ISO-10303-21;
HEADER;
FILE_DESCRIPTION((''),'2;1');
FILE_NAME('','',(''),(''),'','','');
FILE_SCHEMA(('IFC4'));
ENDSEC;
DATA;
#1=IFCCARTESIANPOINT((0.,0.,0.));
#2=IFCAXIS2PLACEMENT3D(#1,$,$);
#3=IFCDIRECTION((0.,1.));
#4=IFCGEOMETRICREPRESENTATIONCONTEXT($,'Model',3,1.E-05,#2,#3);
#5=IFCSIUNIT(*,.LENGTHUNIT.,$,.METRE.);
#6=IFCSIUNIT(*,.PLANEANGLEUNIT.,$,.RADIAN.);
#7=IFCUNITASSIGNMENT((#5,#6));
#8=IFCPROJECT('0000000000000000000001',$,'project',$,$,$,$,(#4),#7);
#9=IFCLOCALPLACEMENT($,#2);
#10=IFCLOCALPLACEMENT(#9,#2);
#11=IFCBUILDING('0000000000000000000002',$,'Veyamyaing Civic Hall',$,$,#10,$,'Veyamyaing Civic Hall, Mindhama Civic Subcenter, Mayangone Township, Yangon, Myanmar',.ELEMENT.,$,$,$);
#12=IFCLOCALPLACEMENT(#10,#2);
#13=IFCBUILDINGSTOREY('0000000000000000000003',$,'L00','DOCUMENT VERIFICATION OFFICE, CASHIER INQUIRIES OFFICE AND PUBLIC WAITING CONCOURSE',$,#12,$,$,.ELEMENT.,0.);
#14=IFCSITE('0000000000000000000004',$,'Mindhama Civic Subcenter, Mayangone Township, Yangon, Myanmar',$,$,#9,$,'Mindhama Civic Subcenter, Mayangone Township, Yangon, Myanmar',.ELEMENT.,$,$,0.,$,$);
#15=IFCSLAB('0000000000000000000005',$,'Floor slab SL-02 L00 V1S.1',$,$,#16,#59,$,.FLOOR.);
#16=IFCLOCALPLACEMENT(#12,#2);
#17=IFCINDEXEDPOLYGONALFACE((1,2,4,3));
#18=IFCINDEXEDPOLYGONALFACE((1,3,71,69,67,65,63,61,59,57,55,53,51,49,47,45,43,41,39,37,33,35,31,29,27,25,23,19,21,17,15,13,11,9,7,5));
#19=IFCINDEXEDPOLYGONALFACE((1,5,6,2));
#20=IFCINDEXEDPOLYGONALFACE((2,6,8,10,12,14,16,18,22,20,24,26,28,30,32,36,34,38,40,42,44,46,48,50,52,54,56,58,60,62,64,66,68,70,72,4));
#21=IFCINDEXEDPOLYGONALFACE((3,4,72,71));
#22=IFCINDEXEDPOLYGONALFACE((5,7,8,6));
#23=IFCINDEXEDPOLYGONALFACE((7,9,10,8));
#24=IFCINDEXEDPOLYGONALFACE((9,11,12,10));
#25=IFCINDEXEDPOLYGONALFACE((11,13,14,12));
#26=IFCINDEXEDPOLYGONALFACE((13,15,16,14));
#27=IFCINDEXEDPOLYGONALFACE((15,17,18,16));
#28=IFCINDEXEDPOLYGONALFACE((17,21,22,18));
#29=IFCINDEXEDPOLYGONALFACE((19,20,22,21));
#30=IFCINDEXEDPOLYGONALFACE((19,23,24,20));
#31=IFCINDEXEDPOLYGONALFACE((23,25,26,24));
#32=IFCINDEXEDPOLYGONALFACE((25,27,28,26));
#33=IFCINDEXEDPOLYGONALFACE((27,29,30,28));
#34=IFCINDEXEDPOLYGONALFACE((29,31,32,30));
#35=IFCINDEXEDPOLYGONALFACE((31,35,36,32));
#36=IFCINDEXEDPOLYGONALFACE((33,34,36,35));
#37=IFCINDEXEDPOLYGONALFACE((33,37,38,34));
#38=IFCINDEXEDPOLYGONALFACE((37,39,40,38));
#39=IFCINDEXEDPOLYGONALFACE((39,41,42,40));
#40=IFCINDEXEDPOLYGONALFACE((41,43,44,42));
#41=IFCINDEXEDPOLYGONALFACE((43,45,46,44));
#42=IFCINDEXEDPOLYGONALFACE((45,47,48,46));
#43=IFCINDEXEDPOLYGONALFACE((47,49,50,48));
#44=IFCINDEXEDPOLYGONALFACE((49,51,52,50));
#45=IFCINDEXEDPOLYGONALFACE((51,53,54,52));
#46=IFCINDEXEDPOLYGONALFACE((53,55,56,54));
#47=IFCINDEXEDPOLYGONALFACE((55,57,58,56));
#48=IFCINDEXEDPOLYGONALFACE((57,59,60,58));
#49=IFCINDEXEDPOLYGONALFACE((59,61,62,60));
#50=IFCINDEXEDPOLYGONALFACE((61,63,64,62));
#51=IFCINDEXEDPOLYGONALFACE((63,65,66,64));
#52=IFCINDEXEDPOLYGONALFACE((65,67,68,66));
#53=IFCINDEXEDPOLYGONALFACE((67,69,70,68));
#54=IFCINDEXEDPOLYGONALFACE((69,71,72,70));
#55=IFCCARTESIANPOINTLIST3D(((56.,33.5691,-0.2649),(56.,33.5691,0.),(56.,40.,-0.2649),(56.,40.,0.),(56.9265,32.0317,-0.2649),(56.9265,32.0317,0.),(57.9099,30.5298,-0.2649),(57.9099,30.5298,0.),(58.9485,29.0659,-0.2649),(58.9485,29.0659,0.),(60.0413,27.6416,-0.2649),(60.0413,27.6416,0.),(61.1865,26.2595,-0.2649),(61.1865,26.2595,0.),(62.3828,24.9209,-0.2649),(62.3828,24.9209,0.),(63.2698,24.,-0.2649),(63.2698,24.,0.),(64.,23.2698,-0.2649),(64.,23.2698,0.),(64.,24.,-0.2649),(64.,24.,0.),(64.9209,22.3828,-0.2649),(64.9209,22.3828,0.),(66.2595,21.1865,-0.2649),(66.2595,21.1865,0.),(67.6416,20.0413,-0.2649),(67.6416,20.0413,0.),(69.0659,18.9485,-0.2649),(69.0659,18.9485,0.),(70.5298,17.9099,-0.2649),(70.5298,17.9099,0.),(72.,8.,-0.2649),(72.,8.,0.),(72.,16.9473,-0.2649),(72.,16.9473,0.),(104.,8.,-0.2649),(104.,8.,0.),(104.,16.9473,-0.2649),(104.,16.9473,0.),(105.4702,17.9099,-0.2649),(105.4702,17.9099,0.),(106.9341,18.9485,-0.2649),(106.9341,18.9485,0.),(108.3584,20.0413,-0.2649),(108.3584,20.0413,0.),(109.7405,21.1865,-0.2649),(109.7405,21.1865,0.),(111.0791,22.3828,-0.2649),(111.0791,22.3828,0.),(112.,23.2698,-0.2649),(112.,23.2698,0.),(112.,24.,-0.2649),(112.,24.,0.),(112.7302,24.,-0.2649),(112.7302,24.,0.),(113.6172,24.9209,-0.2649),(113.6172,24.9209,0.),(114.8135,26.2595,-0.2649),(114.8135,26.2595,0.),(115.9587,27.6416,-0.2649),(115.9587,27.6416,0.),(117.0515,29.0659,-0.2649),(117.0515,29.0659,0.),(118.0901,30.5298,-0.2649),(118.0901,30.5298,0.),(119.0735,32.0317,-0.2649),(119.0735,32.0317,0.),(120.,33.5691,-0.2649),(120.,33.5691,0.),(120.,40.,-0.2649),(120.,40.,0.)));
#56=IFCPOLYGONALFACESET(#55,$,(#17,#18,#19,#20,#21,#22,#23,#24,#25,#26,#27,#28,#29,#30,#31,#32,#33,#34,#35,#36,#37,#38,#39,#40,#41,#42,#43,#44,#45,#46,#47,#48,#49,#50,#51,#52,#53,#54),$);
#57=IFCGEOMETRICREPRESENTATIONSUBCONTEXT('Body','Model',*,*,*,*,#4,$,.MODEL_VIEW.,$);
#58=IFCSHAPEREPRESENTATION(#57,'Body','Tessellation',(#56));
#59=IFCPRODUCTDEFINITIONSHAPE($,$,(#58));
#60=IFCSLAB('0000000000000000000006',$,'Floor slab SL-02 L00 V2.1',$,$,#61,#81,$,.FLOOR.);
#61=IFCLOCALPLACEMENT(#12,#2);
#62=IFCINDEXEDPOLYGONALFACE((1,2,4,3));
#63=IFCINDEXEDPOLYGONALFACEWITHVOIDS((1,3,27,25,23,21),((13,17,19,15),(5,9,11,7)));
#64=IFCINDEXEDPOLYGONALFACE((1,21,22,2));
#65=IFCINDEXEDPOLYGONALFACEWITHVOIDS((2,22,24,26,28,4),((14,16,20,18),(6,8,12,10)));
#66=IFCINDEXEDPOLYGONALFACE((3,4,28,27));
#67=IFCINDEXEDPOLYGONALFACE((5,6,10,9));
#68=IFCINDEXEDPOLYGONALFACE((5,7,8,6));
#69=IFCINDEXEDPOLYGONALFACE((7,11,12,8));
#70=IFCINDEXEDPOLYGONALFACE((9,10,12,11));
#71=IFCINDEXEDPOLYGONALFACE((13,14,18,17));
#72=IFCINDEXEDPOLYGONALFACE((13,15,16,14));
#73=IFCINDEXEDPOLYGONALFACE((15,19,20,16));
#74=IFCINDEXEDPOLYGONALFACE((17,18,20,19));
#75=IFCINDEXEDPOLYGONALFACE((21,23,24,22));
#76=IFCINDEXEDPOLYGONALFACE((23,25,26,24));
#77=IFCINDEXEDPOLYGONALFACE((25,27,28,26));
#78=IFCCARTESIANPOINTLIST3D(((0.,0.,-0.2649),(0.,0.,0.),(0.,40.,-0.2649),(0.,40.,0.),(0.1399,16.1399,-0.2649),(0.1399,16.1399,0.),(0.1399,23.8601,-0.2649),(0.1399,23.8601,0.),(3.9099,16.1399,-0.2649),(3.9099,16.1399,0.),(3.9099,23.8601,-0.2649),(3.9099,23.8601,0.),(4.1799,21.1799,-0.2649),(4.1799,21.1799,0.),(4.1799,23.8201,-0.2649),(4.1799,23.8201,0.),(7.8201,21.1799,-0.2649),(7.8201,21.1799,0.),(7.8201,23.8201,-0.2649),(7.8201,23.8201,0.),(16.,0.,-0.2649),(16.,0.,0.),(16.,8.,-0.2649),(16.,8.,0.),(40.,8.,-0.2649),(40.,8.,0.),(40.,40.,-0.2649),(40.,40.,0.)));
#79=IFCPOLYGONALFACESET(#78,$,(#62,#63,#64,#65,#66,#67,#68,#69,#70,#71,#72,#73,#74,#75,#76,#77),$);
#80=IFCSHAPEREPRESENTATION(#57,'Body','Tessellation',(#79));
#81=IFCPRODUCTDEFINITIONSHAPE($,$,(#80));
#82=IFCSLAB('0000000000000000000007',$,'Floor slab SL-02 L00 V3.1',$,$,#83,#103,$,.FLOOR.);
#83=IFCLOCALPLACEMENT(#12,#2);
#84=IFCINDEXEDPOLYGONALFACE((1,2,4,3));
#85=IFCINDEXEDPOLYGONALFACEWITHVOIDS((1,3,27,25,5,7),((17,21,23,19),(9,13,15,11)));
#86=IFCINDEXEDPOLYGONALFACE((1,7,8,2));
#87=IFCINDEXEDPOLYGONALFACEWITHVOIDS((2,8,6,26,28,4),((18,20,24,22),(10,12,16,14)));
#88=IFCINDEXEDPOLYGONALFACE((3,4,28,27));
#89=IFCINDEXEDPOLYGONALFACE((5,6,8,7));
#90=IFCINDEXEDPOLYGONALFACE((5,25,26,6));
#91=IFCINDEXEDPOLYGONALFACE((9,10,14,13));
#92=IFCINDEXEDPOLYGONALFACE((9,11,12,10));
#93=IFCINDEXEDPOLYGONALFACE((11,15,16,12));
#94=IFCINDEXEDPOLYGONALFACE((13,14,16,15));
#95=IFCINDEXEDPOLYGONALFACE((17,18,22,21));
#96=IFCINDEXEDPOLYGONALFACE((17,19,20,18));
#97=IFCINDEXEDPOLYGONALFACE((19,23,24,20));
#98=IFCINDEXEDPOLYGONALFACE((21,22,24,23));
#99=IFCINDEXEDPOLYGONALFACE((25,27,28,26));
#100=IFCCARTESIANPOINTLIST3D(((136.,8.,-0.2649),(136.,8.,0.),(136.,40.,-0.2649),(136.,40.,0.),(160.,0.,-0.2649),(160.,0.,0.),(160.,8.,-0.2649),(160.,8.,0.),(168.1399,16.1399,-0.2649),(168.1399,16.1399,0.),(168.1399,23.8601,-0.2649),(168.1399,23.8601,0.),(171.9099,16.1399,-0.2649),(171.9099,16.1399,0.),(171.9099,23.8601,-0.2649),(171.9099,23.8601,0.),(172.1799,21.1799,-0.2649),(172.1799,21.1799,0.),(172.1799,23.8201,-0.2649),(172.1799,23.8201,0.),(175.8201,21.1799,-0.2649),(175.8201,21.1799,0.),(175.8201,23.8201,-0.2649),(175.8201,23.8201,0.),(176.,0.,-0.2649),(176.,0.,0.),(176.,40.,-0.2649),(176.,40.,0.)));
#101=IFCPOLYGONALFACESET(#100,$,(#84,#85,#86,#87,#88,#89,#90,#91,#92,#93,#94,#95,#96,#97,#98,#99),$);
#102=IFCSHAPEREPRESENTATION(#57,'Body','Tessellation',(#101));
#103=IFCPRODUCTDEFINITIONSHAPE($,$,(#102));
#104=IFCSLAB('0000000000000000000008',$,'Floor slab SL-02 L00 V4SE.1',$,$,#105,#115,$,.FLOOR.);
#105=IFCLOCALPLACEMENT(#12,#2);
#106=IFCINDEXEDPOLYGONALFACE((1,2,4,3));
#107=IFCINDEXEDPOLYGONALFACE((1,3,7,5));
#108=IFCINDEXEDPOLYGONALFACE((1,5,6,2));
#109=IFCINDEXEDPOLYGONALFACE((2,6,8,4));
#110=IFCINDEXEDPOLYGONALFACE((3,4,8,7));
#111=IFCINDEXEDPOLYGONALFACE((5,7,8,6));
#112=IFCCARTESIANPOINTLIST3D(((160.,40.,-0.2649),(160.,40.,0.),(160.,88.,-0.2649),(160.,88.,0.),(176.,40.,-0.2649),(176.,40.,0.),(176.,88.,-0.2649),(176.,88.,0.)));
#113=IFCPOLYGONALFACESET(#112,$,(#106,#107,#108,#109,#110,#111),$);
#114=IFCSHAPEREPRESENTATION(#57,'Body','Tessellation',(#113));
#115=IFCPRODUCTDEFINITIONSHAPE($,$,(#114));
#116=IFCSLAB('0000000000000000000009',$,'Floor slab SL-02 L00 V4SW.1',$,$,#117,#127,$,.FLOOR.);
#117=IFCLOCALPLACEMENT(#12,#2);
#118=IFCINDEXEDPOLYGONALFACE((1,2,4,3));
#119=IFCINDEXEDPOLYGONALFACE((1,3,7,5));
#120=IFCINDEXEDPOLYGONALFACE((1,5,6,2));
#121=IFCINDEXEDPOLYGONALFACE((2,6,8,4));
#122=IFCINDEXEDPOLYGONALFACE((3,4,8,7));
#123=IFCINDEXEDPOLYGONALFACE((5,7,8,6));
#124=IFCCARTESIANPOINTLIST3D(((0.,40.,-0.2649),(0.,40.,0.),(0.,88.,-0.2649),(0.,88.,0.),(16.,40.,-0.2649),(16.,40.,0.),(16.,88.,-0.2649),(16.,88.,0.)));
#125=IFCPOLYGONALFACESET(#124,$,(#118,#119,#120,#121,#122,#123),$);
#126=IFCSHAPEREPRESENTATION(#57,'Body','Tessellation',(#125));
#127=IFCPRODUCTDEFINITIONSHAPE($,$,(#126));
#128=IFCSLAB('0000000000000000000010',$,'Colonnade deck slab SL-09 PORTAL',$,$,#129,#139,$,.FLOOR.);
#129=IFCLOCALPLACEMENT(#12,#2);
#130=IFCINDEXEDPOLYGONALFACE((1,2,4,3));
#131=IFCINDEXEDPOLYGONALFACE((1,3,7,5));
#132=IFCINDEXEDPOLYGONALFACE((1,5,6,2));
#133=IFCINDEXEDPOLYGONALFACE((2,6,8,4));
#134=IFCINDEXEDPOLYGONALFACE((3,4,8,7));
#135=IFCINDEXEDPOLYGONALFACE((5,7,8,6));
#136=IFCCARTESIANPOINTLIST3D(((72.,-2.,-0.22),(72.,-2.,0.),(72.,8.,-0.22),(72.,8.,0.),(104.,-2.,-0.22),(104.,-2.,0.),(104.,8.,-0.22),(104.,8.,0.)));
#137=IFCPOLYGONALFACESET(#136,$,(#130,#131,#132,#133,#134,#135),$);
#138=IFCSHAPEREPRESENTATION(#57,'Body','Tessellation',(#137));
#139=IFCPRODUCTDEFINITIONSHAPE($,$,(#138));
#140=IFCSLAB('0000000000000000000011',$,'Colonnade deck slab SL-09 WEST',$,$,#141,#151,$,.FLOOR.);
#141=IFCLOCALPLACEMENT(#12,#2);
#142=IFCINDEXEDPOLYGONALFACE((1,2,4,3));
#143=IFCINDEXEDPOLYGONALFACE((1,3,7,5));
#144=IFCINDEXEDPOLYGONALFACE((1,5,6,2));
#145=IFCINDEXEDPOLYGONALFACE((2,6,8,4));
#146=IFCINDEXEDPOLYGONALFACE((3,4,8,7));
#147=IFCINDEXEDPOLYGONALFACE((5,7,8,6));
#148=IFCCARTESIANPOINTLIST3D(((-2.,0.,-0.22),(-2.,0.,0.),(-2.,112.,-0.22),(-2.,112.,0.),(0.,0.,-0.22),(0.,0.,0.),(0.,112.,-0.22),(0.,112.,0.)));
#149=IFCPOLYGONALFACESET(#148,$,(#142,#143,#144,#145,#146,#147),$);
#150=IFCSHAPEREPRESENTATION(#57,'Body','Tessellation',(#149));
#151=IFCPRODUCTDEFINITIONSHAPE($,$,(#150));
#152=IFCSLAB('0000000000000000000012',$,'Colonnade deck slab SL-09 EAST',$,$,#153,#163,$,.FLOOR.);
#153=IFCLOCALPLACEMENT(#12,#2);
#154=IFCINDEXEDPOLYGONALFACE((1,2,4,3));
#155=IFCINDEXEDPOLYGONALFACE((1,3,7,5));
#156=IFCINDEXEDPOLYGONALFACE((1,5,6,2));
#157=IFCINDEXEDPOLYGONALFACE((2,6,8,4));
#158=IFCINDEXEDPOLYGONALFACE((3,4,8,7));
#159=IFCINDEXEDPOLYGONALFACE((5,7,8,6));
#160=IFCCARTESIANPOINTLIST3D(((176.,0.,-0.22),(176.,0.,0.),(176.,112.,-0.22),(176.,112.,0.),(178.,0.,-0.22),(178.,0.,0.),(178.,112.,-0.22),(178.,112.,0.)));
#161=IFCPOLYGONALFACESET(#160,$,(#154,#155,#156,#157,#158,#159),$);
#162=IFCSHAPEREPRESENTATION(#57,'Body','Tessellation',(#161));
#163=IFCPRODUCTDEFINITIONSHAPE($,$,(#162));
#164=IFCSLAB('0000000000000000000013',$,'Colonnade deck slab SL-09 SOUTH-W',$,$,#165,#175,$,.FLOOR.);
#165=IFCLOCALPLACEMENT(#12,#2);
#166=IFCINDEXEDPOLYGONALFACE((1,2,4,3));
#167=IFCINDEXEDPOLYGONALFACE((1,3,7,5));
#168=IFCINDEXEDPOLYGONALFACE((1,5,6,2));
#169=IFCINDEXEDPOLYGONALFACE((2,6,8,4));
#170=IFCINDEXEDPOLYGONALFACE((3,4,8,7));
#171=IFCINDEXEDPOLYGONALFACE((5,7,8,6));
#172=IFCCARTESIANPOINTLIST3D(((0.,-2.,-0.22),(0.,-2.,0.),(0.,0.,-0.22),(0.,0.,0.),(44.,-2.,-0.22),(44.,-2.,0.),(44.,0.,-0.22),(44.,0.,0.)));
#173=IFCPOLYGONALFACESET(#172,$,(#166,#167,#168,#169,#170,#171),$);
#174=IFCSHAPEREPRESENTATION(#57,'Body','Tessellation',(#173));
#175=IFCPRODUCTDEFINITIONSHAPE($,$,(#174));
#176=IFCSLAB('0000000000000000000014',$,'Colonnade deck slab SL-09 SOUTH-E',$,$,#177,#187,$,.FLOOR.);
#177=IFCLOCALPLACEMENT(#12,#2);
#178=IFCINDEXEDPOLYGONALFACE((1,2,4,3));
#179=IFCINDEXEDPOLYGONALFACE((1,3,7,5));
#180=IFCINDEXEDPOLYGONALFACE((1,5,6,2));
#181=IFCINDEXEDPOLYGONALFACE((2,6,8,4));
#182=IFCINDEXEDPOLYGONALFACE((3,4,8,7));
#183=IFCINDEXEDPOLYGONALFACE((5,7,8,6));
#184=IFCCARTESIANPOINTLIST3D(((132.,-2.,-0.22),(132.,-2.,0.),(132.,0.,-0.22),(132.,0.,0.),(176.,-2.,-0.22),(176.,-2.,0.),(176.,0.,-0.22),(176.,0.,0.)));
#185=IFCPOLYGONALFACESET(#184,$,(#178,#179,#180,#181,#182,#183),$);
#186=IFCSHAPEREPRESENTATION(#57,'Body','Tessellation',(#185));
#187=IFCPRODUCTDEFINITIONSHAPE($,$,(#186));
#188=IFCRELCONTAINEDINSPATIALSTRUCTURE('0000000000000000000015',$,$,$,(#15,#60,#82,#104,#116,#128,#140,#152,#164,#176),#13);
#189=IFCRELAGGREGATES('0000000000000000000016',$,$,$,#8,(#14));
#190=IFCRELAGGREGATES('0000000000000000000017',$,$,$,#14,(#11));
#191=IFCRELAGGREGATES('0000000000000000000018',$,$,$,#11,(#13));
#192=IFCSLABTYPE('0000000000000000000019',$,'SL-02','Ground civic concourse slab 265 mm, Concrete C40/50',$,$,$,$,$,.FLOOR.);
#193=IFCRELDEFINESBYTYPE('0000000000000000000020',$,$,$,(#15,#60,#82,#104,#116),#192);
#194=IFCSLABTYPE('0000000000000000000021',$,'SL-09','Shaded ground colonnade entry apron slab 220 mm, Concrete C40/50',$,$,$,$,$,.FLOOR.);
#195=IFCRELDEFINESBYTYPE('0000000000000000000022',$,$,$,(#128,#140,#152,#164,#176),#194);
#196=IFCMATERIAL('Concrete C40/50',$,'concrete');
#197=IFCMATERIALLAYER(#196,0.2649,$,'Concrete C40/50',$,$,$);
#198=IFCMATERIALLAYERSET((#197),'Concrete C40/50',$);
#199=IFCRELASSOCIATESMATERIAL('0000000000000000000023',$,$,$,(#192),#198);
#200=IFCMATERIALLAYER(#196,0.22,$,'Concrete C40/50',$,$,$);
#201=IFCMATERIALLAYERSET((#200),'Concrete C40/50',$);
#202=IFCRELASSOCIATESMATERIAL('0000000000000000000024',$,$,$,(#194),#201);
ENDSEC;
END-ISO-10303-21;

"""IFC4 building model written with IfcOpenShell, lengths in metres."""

from ifc_helpers import new_model, si_unit, direction, frame, origin, place, context, subcontext, project, spatial, polyline, outline, extrude, material, layer, layer_set, type_object, element, save


model = new_model("IFC4")

# Units and contexts
model_context = context("Model", 3, precision=1e-05, world=origin(), true_north=direction((0.0, 1.0)))
body_context = subcontext(model_context, "Body", "Model", "MODEL_VIEW")
ifc_project = project(units=[si_unit("LENGTHUNIT", "METRE"), si_unit("PLANEANGLEUNIT", "RADIAN")], contexts=[model_context])

# Site, building, storey
site_placement = place(None, origin())
site = spatial("IfcSite", under=ifc_project, at=site_placement, Name="Mindhama Civic Subcenter, Mayangone Township, Yangon, Myanmar", LongName="Mindhama Civic Subcenter, Mayangone Township, Yangon, Myanmar", CompositionType="ELEMENT", RefElevation=0.0)
building_placement = place(site_placement, origin())
building = spatial("IfcBuilding", under=site, at=building_placement, Name="Veyamyaing Civic Hall", LongName="Veyamyaing Civic Hall, Mindhama Civic Subcenter, Mayangone Township, Yangon, Myanmar", CompositionType="ELEMENT")
storey_placement = place(building_placement, origin())
storey = spatial("IfcBuildingStorey", under=building, at=storey_placement, Name="L00", Description="DOCUMENT VERIFICATION OFFICE, CASHIER INQUIRIES OFFICE AND PUBLIC WAITING CONCOURSE", CompositionType="ELEMENT", Elevation=0.0)

# Slabs
ifc_material_1 = material(Name="Concrete C40/50", Category="concrete")
ifc_layer_1 = layer(ifc_material_1, 0.2649, Name="Concrete C40/50")
ifc_layer_set_1 = layer_set([ifc_layer_1], Name="Concrete C40/50")
slab_type_1 = type_object("IfcSlabType", Name="SL-02", Description="Ground civic concourse slab 265 mm, Concrete C40/50", PredefinedType="FLOOR", material=ifc_layer_set_1)
slab_1_placement = place(storey_placement, frame((0.0, 0.0, -0.2649)))
element("IfcSlab", 1, at=slab_1_placement, inside=storey, type_object=slab_type_1, Name="Floor slab SL-02 L00 V1S.1", PredefinedType="FLOOR", context=body_context, shape_type="SweptSolid", body=[
    extrude(outline(polyline([(72.0, 16.9473), (70.5298, 17.9099), (69.0659, 18.9485), (67.6416, 20.0413), (66.2595, 21.1865), (64.9209, 22.3828), (64.0, 23.2698), (64.0, 24.0), (63.2698, 24.0), (62.3828, 24.9209), (61.1865, 26.2595), (60.0413, 27.6416), (58.9485, 29.0659), (57.9099, 30.5298), (56.9265, 32.0317), (56.0, 33.5691), (56.0, 40.0), (120.0, 40.0), (120.0, 33.5691), (119.0735, 32.0317), (118.0901, 30.5298), (117.0515, 29.0659), (115.9587, 27.6416), (114.8135, 26.2595), (113.6172, 24.9209), (112.7302, 24.0), (112.0, 24.0), (112.0, 23.2698), (111.0791, 22.3828), (109.7405, 21.1865), (108.3584, 20.0413), (106.9341, 18.9485), (105.4702, 17.9099), (104.0, 16.9473), (104.0, 8.0), (72.0, 8.0), (72.0, 16.9473)])), origin(), (0.0, 0.0, 1.0), 0.2649),
])
slab_2_placement = place(storey_placement, frame((0.0, 0.0, -0.2649)))
element("IfcSlab", 2, at=slab_2_placement, inside=storey, type_object=slab_type_1, Name="Floor slab SL-02 L00 V2.1", PredefinedType="FLOOR", context=body_context, shape_type="SweptSolid", body=[
    extrude(outline(polyline([(0.0, 0.0), (0.0, 40.0), (40.0, 40.0), (40.0, 8.0), (16.0, 8.0), (16.0, 0.0), (0.0, 0.0)]), holes=[polyline([(3.9099, 23.8601), (0.1399, 23.8601), (0.1399, 16.1399), (3.9099, 16.1399), (3.9099, 23.8601)]), polyline([(7.8201, 23.8201), (4.1799, 23.8201), (4.1799, 21.1799), (7.8201, 21.1799), (7.8201, 23.8201)])]), origin(), (0.0, 0.0, 1.0), 0.2649),
])
slab_3_placement = place(storey_placement, frame((0.0, 0.0, -0.2649)))
element("IfcSlab", 3, at=slab_3_placement, inside=storey, type_object=slab_type_1, Name="Floor slab SL-02 L00 V3.1", PredefinedType="FLOOR", context=body_context, shape_type="SweptSolid", body=[
    extrude(outline(polyline([(136.0, 40.0), (176.0, 40.0), (176.0, 0.0), (160.0, 0.0), (160.0, 8.0), (136.0, 8.0), (136.0, 40.0)]), holes=[polyline([(171.9099, 23.8601), (168.1399, 23.8601), (168.1399, 16.1399), (171.9099, 16.1399), (171.9099, 23.8601)]), polyline([(175.8201, 23.8201), (172.1799, 23.8201), (172.1799, 21.1799), (175.8201, 21.1799), (175.8201, 23.8201)])]), origin(), (0.0, 0.0, 1.0), 0.2649),
])
slab_4_placement = place(storey_placement, frame((0.0, 0.0, -0.2649)))
element("IfcSlab", 4, at=slab_4_placement, inside=storey, type_object=slab_type_1, Name="Floor slab SL-02 L00 V4SE.1", PredefinedType="FLOOR", context=body_context, shape_type="SweptSolid", body=[
    extrude(outline(polyline([(160.0, 40.0), (160.0, 88.0), (176.0, 88.0), (176.0, 40.0), (160.0, 40.0)])), origin(), (0.0, 0.0, 1.0), 0.2649),
])
slab_5_placement = place(storey_placement, frame((0.0, 0.0, -0.2649)))
element("IfcSlab", 5, at=slab_5_placement, inside=storey, type_object=slab_type_1, Name="Floor slab SL-02 L00 V4SW.1", PredefinedType="FLOOR", context=body_context, shape_type="SweptSolid", body=[
    extrude(outline(polyline([(0.0, 40.0), (0.0, 88.0), (16.0, 88.0), (16.0, 40.0), (0.0, 40.0)])), origin(), (0.0, 0.0, 1.0), 0.2649),
])
ifc_layer_2 = layer(ifc_material_1, 0.22, Name="Concrete C40/50")
ifc_layer_set_2 = layer_set([ifc_layer_2], Name="Concrete C40/50")
slab_type_2 = type_object("IfcSlabType", Name="SL-09", Description="Shaded ground colonnade entry apron slab 220 mm, Concrete C40/50", PredefinedType="FLOOR", material=ifc_layer_set_2)
slab_6_placement = place(storey_placement, frame((0.0, 0.0, -0.22)))
element("IfcSlab", 6, at=slab_6_placement, inside=storey, type_object=slab_type_2, Name="Colonnade deck slab SL-09 PORTAL", PredefinedType="FLOOR", context=body_context, shape_type="SweptSolid", body=[
    extrude(outline(polyline([(104.0, -2.0), (104.0, 8.0), (72.0, 8.0), (72.0, -2.0), (104.0, -2.0)])), origin(), (0.0, 0.0, 1.0), 0.22),
])
slab_7_placement = place(storey_placement, frame((0.0, 0.0, -0.22)))
element("IfcSlab", 7, at=slab_7_placement, inside=storey, type_object=slab_type_2, Name="Colonnade deck slab SL-09 WEST", PredefinedType="FLOOR", context=body_context, shape_type="SweptSolid", body=[
    extrude(outline(polyline([(0.0, 0.0), (0.0, 112.0), (-2.0, 112.0), (-2.0, 0.0), (0.0, 0.0)])), origin(), (0.0, 0.0, 1.0), 0.22),
])
slab_8_placement = place(storey_placement, frame((0.0, 0.0, -0.22)))
element("IfcSlab", 8, at=slab_8_placement, inside=storey, type_object=slab_type_2, Name="Colonnade deck slab SL-09 EAST", PredefinedType="FLOOR", context=body_context, shape_type="SweptSolid", body=[
    extrude(outline(polyline([(178.0, 0.0), (178.0, 112.0), (176.0, 112.0), (176.0, 0.0), (178.0, 0.0)])), origin(), (0.0, 0.0, 1.0), 0.22),
])
slab_9_placement = place(storey_placement, frame((0.0, 0.0, -0.22)))
element("IfcSlab", 9, at=slab_9_placement, inside=storey, type_object=slab_type_2, Name="Colonnade deck slab SL-09 SOUTH-W", PredefinedType="FLOOR", context=body_context, shape_type="SweptSolid", body=[
    extrude(outline(polyline([(44.0, -2.0), (44.0, 0.0), (0.0, 0.0), (0.0, -2.0), (44.0, -2.0)])), origin(), (0.0, 0.0, 1.0), 0.22),
])
slab_10_placement = place(storey_placement, frame((0.0, 0.0, -0.22)))
element("IfcSlab", 10, at=slab_10_placement, inside=storey, type_object=slab_type_2, Name="Colonnade deck slab SL-09 SOUTH-E", PredefinedType="FLOOR", context=body_context, shape_type="SweptSolid", body=[
    extrude(outline(polyline([(176.0, -2.0), (176.0, 0.0), (132.0, 0.0), (132.0, -2.0), (176.0, -2.0)])), origin(), (0.0, 0.0, 1.0), 0.22),
])

save(model, "model.ifc")
